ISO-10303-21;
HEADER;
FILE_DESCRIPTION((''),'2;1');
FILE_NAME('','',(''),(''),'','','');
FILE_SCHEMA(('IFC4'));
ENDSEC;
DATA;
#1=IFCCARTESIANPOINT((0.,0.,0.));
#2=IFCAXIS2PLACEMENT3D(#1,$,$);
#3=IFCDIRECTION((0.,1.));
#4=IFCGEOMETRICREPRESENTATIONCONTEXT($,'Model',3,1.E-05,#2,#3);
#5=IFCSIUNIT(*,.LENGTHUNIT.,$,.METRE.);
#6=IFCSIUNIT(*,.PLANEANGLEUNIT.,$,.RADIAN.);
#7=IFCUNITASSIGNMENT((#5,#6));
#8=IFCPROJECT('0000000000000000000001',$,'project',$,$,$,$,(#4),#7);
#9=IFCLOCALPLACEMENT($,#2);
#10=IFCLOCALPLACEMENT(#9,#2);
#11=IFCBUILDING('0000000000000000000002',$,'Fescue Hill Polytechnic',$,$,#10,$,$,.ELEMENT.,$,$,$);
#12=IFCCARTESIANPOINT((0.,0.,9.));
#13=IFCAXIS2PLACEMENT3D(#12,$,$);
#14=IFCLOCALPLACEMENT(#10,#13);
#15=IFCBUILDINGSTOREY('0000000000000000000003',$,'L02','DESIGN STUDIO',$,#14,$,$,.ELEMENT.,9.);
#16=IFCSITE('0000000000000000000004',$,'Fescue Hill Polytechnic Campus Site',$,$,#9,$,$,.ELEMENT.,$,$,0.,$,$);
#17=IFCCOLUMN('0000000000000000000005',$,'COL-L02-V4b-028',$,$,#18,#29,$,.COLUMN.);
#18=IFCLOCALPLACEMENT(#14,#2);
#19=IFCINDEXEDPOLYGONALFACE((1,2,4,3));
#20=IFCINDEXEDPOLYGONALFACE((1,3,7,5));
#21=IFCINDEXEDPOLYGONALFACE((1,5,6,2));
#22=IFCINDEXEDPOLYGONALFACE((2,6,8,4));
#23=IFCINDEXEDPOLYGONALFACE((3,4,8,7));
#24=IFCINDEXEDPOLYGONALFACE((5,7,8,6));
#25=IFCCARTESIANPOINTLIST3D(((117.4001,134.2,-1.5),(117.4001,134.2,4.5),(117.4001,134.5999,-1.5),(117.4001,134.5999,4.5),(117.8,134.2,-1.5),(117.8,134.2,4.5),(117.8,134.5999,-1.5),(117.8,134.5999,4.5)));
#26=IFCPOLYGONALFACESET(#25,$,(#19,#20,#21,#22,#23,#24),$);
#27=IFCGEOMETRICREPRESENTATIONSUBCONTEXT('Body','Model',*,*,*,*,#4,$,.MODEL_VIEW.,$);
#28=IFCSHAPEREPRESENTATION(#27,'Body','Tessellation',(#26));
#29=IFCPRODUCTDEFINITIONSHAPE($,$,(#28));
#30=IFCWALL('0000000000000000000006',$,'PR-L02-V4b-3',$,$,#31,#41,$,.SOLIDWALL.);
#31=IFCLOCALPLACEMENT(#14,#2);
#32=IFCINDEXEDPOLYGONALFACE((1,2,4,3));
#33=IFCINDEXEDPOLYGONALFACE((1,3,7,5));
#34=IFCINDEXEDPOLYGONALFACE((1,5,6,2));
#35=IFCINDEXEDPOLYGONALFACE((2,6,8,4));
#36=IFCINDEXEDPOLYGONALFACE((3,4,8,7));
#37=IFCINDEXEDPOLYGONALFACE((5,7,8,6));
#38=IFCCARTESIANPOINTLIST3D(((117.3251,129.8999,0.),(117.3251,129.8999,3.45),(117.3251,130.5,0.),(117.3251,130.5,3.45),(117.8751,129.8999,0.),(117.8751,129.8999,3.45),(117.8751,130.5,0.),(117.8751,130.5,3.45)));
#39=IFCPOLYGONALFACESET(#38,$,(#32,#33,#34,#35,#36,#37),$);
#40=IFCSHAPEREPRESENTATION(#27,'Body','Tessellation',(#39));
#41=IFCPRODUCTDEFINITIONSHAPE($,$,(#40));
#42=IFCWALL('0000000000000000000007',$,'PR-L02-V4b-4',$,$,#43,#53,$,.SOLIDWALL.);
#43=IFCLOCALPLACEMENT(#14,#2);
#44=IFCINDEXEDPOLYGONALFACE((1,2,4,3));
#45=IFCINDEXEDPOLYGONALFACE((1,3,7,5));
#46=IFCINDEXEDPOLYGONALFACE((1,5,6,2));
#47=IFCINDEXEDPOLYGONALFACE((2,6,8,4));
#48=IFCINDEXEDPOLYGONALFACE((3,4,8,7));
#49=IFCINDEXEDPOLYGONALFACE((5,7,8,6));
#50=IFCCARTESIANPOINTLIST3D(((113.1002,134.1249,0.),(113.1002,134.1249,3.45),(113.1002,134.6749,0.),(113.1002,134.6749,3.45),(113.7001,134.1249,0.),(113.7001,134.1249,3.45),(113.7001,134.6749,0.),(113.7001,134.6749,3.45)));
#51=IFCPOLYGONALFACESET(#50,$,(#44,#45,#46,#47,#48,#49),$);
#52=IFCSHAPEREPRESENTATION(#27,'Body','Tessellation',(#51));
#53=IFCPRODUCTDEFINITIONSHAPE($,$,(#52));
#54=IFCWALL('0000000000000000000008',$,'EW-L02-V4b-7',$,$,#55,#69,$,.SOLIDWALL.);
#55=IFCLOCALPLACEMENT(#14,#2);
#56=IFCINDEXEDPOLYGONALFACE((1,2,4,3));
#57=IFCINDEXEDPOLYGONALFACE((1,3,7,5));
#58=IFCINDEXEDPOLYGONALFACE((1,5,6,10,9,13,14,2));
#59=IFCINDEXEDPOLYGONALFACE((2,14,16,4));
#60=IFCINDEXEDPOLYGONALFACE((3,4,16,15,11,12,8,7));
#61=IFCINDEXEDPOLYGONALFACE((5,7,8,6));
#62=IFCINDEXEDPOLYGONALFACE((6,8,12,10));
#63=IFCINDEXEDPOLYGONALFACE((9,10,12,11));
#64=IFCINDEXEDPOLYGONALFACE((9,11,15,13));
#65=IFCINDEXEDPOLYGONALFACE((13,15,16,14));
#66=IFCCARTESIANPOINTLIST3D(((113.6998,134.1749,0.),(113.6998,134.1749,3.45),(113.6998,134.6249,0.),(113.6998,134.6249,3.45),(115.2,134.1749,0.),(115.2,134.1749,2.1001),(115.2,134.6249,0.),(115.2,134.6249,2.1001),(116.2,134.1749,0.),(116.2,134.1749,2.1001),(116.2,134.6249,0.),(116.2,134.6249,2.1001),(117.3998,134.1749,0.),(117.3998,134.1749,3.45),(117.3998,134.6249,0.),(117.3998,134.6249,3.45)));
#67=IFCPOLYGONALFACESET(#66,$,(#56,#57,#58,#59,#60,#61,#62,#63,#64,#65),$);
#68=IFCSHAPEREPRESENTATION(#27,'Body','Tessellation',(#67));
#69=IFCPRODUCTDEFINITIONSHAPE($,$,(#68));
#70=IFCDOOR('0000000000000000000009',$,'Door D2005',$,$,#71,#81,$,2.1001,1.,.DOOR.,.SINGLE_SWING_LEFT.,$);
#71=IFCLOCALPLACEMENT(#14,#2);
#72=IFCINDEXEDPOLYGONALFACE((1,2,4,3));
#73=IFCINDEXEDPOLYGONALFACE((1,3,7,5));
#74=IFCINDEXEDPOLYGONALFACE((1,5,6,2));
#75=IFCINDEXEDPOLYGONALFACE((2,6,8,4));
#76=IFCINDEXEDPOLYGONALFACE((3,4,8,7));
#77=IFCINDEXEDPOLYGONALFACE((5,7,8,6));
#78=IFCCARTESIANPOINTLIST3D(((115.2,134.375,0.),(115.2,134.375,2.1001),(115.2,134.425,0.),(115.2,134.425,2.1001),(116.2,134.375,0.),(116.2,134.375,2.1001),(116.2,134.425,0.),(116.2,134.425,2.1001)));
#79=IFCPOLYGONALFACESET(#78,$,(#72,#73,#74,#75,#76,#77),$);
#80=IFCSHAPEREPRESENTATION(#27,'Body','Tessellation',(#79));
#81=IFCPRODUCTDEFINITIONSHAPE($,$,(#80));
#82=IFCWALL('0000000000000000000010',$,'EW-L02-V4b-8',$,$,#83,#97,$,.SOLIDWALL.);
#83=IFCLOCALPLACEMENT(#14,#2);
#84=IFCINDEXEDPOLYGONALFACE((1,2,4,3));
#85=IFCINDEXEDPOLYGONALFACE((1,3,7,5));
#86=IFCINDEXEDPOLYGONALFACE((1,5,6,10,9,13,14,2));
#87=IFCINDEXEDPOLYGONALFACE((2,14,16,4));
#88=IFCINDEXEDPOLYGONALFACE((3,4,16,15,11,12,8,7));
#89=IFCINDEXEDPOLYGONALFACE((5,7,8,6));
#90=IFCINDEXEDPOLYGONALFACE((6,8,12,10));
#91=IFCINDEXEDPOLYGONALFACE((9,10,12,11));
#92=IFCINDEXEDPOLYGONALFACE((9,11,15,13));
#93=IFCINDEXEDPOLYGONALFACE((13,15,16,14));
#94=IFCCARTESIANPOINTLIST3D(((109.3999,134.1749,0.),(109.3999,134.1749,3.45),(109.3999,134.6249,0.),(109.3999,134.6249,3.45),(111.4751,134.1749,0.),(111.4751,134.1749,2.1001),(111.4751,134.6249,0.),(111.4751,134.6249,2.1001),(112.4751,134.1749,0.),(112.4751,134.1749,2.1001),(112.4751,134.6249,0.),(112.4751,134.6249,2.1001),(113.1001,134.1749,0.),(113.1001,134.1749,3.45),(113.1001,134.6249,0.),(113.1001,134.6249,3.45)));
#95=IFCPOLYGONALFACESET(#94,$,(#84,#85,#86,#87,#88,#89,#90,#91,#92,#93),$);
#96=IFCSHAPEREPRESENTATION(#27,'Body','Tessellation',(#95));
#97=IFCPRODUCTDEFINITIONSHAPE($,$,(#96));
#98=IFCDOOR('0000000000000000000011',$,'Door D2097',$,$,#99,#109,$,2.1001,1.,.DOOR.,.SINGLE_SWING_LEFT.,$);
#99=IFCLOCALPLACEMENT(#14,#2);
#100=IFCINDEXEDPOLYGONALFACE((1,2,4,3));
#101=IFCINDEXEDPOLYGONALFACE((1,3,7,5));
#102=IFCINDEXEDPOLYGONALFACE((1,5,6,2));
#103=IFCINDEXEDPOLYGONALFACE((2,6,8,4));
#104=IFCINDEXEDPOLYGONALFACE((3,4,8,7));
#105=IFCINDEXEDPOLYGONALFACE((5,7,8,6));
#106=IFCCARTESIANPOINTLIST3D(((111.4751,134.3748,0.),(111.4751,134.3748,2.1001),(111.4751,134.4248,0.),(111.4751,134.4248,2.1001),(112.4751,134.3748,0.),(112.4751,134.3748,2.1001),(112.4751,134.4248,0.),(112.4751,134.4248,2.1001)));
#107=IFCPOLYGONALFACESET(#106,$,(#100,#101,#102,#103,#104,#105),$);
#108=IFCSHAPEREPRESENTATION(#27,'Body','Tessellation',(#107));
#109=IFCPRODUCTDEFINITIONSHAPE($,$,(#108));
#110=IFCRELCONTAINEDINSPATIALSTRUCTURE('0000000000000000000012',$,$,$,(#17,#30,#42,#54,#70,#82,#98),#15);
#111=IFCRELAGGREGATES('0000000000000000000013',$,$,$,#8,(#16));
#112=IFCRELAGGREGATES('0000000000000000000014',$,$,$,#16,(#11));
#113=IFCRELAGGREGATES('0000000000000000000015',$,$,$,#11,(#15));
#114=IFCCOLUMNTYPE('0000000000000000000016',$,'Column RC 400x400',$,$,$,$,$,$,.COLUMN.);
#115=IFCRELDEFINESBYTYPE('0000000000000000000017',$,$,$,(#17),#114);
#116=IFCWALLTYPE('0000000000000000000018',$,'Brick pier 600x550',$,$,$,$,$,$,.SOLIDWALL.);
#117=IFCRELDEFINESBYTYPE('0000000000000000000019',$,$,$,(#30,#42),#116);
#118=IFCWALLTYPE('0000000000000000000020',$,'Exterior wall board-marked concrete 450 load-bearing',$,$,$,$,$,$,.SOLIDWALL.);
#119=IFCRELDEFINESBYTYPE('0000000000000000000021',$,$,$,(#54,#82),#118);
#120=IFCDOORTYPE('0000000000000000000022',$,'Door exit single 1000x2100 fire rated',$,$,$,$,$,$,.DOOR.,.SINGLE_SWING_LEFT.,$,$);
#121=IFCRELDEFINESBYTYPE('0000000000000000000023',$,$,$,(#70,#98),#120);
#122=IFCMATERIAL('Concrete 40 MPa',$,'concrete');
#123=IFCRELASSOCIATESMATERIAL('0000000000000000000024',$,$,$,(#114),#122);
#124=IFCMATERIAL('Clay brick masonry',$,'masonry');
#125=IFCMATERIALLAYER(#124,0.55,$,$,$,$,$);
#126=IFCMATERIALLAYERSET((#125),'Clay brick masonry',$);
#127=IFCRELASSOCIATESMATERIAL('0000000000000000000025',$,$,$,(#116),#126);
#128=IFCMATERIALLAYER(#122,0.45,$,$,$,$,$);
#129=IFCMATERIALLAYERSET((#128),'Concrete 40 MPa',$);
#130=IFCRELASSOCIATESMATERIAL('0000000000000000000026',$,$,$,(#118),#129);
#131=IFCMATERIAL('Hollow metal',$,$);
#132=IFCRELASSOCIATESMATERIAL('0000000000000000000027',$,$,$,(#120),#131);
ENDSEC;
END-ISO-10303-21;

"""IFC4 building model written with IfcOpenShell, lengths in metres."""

from ifc_helpers import new_model, si_unit, direction, frame, frame_2d, origin, origin_2d, place, context, subcontext, project, spatial, rectangle, extrude, material, layer, layer_set, material_profile, profile_set, type_object, element, fill, save


model = new_model("IFC4")

# Units and contexts
model_context = context("Model", 3, precision=1e-05, world=origin(), true_north=direction((0.0, 1.0)))
body_context = subcontext(model_context, "Body", "Model", "MODEL_VIEW")
ifc_project = project(units=[si_unit("LENGTHUNIT", "METRE"), si_unit("PLANEANGLEUNIT", "RADIAN")], contexts=[model_context])

# Site, building, storey
site_placement = place(None, origin())
site = spatial("IfcSite", under=ifc_project, at=site_placement, Name="Fescue Hill Polytechnic Campus Site", CompositionType="ELEMENT", RefElevation=0.0)
building_placement = place(site_placement, origin())
building = spatial("IfcBuilding", under=site, at=building_placement, Name="Fescue Hill Polytechnic", CompositionType="ELEMENT")
storey_placement = place(building_placement, frame((0.0, 0.0, 9.0)))
storey = spatial("IfcBuildingStorey", under=building, at=storey_placement, Name="L02", Description="DESIGN STUDIO", CompositionType="ELEMENT", Elevation=9.0)

# Column
ifc_material_1 = material(Name="Concrete 40 MPa", Category="concrete")
ifc_material_profile = material_profile(ifc_material_1, rectangle(XDim=0.3999, YDim=0.3999, at=origin_2d()), Name="RC 400x400")
ifc_profile_set = profile_set([ifc_material_profile], Name="Concrete 40 MPa")
column_type = type_object("IfcColumnType", Name="Column RC 400x400", PredefinedType="COLUMN", material=ifc_profile_set)
column_placement = place(storey_placement, frame((117.6001, 134.3999, -1.5), z_axis=(0.0, 0.0, 1.0), x_axis=(1.0, 0.0, 0.0)))
element("IfcColumn", 1, at=column_placement, inside=storey, type_object=column_type, Name="COL-L02-V4b-028", PredefinedType="COLUMN", context=body_context, shape_type="SweptSolid", body=[
    extrude(rectangle(XDim=0.3999, YDim=0.3999, at=origin_2d()), origin(), (0.0, 0.0, 1.0), 6.0),
])

# Walls
ifc_material_2 = material(Name="Clay brick masonry", Category="masonry")
ifc_layer_1 = layer(ifc_material_2, 0.55)
ifc_layer_set_1 = layer_set([ifc_layer_1], Name="Clay brick masonry")
wall_type_1 = type_object("IfcWallType", Name="Brick pier 600x550", PredefinedType="SOLIDWALL", material=ifc_layer_set_1)
wall_1_placement = place(storey_placement, frame((117.6001, 129.8999, 0.0), z_axis=(0.0, 0.0, 1.0), x_axis=(0.0, 1.0, 0.0)))
element("IfcWall", 2, at=wall_1_placement, inside=storey, type_object=wall_type_1, Name="PR-L02-V4b-3", PredefinedType="SOLIDWALL", context=body_context, shape_type="SweptSolid", body=[
    extrude(rectangle(XDim=0.6001, YDim=0.55, at=frame_2d((0.3, 0.0))), origin(), (0.0, 0.0, 1.0), 3.45),
])
wall_2_placement = place(storey_placement, frame((113.7, 134.3999, 0.0), z_axis=(0.0, 0.0, 1.0), x_axis=(-1.0, 0.0, 0.0)))
element("IfcWall", 3, at=wall_2_placement, inside=storey, type_object=wall_type_1, Name="PR-L02-V4b-4", PredefinedType="SOLIDWALL", context=body_context, shape_type="SweptSolid", body=[
    extrude(rectangle(XDim=0.5999, YDim=0.55, at=frame_2d((0.2998, 0.0))), origin(), (0.0, 0.0, 1.0), 3.45),
])

# Walls, openings, doors
ifc_layer_2 = layer(ifc_material_1, 0.45)
ifc_layer_set_2 = layer_set([ifc_layer_2], Name="Concrete 40 MPa")
wall_type_2 = type_object("IfcWallType", Name="Exterior wall board-marked concrete 450 load-bearing", PredefinedType="SOLIDWALL", material=ifc_layer_set_2)
wall_3_placement = place(storey_placement, frame((117.3999, 134.3999, 0.0), z_axis=(0.0, 0.0, 1.0), x_axis=(-1.0, 0.0, 0.0)))
wall_3 = element("IfcWall", 4, at=wall_3_placement, inside=storey, type_object=wall_type_2, Name="EW-L02-V4b-7", PredefinedType="SOLIDWALL", context=body_context, shape_type="SweptSolid", body=[
    extrude(rectangle(XDim=3.7, YDim=0.45, at=frame_2d((1.8501, 0.0))), origin(), (0.0, 0.0, 1.0), 3.45),
])
opening_1_placement = place(wall_3_placement, frame((1.2, 0.0, 0.0)))
opening_1 = element("IfcOpeningElement", 5, at=opening_1_placement, cuts=wall_3, PredefinedType="OPENING", context=body_context, shape_type="SweptSolid", body=[
    extrude(rectangle(XDim=1.0, YDim=2.1001, at=frame_2d((0.5, 1.05))), frame((0.0, 0.2349, 0.0), z_axis=(0.0, -1.0, 0.0), x_axis=(1.0, 0.0, 0.0)), (0.0, 0.0, 1.0), 0.47),
])
ifc_material_3 = material(Name="Hollow metal")
door_type = type_object("IfcDoorType", Name="Door exit single 1000x2100 fire rated", OperationType="SINGLE_SWING_LEFT", PredefinedType="DOOR", material=ifc_material_3)
door_1_placement = place(opening_1_placement, origin())
door_1 = element("IfcDoor", 6, at=door_1_placement, inside=storey, type_object=door_type, Name="Door D2005", OperationType="SINGLE_SWING_LEFT", OverallHeight=2.1001, OverallWidth=1.0, PredefinedType="DOOR", context=body_context, shape_type="SweptSolid", body=[
    extrude(rectangle(XDim=1.0, YDim=2.1001, at=frame_2d((0.5, 1.05))), frame((0.0, 0.0249, 0.0), z_axis=(0.0, -1.0, 0.0), x_axis=(1.0, 0.0, 0.0)), (0.0, 0.0, 1.0), 0.05),
])
fill(opening_1, door_1)
wall_4_placement = place(storey_placement, frame((113.1001, 134.3999, 0.0), z_axis=(0.0, 0.0, 1.0), x_axis=(-1.0, 0.0, 0.0)))
wall_4 = element("IfcWall", 7, at=wall_4_placement, inside=storey, type_object=wall_type_2, Name="EW-L02-V4b-8", PredefinedType="SOLIDWALL", context=body_context, shape_type="SweptSolid", body=[
    extrude(rectangle(XDim=3.7002, YDim=0.45, at=frame_2d((1.8501, 0.0))), origin(), (0.0, 0.0, 1.0), 3.45),
])
opening_2_placement = place(wall_4_placement, frame((1.625, 0.0, 0.0), z_axis=(0.0, 0.0, 1.0), x_axis=(-1.0, 0.0, 0.0)))
opening_2 = element("IfcOpeningElement", 8, at=opening_2_placement, cuts=wall_4, PredefinedType="OPENING", context=body_context, shape_type="SweptSolid", body=[
    extrude(rectangle(XDim=1.0, YDim=2.1001, at=frame_2d((0.5, 1.05))), frame((0.0, 0.2349, 0.0), z_axis=(0.0, -1.0, 0.0), x_axis=(1.0, 0.0, 0.0)), (0.0, 0.0, 1.0), 0.47),
])
door_2_placement = place(opening_2_placement, origin())
door_2 = element("IfcDoor", 9, at=door_2_placement, inside=storey, type_object=door_type, Name="Door D2097", OperationType="SINGLE_SWING_LEFT", OverallHeight=2.1001, OverallWidth=1.0, PredefinedType="DOOR", context=body_context, shape_type="SweptSolid", body=[
    extrude(rectangle(XDim=1.0, YDim=2.1001, at=frame_2d((0.5, 1.05))), frame((0.0, 0.0249, 0.0), z_axis=(0.0, -1.0, 0.0), x_axis=(1.0, 0.0, 0.0)), (0.0, 0.0, 1.0), 0.05),
])
fill(opening_2, door_2)

save(model, "model.ifc")
